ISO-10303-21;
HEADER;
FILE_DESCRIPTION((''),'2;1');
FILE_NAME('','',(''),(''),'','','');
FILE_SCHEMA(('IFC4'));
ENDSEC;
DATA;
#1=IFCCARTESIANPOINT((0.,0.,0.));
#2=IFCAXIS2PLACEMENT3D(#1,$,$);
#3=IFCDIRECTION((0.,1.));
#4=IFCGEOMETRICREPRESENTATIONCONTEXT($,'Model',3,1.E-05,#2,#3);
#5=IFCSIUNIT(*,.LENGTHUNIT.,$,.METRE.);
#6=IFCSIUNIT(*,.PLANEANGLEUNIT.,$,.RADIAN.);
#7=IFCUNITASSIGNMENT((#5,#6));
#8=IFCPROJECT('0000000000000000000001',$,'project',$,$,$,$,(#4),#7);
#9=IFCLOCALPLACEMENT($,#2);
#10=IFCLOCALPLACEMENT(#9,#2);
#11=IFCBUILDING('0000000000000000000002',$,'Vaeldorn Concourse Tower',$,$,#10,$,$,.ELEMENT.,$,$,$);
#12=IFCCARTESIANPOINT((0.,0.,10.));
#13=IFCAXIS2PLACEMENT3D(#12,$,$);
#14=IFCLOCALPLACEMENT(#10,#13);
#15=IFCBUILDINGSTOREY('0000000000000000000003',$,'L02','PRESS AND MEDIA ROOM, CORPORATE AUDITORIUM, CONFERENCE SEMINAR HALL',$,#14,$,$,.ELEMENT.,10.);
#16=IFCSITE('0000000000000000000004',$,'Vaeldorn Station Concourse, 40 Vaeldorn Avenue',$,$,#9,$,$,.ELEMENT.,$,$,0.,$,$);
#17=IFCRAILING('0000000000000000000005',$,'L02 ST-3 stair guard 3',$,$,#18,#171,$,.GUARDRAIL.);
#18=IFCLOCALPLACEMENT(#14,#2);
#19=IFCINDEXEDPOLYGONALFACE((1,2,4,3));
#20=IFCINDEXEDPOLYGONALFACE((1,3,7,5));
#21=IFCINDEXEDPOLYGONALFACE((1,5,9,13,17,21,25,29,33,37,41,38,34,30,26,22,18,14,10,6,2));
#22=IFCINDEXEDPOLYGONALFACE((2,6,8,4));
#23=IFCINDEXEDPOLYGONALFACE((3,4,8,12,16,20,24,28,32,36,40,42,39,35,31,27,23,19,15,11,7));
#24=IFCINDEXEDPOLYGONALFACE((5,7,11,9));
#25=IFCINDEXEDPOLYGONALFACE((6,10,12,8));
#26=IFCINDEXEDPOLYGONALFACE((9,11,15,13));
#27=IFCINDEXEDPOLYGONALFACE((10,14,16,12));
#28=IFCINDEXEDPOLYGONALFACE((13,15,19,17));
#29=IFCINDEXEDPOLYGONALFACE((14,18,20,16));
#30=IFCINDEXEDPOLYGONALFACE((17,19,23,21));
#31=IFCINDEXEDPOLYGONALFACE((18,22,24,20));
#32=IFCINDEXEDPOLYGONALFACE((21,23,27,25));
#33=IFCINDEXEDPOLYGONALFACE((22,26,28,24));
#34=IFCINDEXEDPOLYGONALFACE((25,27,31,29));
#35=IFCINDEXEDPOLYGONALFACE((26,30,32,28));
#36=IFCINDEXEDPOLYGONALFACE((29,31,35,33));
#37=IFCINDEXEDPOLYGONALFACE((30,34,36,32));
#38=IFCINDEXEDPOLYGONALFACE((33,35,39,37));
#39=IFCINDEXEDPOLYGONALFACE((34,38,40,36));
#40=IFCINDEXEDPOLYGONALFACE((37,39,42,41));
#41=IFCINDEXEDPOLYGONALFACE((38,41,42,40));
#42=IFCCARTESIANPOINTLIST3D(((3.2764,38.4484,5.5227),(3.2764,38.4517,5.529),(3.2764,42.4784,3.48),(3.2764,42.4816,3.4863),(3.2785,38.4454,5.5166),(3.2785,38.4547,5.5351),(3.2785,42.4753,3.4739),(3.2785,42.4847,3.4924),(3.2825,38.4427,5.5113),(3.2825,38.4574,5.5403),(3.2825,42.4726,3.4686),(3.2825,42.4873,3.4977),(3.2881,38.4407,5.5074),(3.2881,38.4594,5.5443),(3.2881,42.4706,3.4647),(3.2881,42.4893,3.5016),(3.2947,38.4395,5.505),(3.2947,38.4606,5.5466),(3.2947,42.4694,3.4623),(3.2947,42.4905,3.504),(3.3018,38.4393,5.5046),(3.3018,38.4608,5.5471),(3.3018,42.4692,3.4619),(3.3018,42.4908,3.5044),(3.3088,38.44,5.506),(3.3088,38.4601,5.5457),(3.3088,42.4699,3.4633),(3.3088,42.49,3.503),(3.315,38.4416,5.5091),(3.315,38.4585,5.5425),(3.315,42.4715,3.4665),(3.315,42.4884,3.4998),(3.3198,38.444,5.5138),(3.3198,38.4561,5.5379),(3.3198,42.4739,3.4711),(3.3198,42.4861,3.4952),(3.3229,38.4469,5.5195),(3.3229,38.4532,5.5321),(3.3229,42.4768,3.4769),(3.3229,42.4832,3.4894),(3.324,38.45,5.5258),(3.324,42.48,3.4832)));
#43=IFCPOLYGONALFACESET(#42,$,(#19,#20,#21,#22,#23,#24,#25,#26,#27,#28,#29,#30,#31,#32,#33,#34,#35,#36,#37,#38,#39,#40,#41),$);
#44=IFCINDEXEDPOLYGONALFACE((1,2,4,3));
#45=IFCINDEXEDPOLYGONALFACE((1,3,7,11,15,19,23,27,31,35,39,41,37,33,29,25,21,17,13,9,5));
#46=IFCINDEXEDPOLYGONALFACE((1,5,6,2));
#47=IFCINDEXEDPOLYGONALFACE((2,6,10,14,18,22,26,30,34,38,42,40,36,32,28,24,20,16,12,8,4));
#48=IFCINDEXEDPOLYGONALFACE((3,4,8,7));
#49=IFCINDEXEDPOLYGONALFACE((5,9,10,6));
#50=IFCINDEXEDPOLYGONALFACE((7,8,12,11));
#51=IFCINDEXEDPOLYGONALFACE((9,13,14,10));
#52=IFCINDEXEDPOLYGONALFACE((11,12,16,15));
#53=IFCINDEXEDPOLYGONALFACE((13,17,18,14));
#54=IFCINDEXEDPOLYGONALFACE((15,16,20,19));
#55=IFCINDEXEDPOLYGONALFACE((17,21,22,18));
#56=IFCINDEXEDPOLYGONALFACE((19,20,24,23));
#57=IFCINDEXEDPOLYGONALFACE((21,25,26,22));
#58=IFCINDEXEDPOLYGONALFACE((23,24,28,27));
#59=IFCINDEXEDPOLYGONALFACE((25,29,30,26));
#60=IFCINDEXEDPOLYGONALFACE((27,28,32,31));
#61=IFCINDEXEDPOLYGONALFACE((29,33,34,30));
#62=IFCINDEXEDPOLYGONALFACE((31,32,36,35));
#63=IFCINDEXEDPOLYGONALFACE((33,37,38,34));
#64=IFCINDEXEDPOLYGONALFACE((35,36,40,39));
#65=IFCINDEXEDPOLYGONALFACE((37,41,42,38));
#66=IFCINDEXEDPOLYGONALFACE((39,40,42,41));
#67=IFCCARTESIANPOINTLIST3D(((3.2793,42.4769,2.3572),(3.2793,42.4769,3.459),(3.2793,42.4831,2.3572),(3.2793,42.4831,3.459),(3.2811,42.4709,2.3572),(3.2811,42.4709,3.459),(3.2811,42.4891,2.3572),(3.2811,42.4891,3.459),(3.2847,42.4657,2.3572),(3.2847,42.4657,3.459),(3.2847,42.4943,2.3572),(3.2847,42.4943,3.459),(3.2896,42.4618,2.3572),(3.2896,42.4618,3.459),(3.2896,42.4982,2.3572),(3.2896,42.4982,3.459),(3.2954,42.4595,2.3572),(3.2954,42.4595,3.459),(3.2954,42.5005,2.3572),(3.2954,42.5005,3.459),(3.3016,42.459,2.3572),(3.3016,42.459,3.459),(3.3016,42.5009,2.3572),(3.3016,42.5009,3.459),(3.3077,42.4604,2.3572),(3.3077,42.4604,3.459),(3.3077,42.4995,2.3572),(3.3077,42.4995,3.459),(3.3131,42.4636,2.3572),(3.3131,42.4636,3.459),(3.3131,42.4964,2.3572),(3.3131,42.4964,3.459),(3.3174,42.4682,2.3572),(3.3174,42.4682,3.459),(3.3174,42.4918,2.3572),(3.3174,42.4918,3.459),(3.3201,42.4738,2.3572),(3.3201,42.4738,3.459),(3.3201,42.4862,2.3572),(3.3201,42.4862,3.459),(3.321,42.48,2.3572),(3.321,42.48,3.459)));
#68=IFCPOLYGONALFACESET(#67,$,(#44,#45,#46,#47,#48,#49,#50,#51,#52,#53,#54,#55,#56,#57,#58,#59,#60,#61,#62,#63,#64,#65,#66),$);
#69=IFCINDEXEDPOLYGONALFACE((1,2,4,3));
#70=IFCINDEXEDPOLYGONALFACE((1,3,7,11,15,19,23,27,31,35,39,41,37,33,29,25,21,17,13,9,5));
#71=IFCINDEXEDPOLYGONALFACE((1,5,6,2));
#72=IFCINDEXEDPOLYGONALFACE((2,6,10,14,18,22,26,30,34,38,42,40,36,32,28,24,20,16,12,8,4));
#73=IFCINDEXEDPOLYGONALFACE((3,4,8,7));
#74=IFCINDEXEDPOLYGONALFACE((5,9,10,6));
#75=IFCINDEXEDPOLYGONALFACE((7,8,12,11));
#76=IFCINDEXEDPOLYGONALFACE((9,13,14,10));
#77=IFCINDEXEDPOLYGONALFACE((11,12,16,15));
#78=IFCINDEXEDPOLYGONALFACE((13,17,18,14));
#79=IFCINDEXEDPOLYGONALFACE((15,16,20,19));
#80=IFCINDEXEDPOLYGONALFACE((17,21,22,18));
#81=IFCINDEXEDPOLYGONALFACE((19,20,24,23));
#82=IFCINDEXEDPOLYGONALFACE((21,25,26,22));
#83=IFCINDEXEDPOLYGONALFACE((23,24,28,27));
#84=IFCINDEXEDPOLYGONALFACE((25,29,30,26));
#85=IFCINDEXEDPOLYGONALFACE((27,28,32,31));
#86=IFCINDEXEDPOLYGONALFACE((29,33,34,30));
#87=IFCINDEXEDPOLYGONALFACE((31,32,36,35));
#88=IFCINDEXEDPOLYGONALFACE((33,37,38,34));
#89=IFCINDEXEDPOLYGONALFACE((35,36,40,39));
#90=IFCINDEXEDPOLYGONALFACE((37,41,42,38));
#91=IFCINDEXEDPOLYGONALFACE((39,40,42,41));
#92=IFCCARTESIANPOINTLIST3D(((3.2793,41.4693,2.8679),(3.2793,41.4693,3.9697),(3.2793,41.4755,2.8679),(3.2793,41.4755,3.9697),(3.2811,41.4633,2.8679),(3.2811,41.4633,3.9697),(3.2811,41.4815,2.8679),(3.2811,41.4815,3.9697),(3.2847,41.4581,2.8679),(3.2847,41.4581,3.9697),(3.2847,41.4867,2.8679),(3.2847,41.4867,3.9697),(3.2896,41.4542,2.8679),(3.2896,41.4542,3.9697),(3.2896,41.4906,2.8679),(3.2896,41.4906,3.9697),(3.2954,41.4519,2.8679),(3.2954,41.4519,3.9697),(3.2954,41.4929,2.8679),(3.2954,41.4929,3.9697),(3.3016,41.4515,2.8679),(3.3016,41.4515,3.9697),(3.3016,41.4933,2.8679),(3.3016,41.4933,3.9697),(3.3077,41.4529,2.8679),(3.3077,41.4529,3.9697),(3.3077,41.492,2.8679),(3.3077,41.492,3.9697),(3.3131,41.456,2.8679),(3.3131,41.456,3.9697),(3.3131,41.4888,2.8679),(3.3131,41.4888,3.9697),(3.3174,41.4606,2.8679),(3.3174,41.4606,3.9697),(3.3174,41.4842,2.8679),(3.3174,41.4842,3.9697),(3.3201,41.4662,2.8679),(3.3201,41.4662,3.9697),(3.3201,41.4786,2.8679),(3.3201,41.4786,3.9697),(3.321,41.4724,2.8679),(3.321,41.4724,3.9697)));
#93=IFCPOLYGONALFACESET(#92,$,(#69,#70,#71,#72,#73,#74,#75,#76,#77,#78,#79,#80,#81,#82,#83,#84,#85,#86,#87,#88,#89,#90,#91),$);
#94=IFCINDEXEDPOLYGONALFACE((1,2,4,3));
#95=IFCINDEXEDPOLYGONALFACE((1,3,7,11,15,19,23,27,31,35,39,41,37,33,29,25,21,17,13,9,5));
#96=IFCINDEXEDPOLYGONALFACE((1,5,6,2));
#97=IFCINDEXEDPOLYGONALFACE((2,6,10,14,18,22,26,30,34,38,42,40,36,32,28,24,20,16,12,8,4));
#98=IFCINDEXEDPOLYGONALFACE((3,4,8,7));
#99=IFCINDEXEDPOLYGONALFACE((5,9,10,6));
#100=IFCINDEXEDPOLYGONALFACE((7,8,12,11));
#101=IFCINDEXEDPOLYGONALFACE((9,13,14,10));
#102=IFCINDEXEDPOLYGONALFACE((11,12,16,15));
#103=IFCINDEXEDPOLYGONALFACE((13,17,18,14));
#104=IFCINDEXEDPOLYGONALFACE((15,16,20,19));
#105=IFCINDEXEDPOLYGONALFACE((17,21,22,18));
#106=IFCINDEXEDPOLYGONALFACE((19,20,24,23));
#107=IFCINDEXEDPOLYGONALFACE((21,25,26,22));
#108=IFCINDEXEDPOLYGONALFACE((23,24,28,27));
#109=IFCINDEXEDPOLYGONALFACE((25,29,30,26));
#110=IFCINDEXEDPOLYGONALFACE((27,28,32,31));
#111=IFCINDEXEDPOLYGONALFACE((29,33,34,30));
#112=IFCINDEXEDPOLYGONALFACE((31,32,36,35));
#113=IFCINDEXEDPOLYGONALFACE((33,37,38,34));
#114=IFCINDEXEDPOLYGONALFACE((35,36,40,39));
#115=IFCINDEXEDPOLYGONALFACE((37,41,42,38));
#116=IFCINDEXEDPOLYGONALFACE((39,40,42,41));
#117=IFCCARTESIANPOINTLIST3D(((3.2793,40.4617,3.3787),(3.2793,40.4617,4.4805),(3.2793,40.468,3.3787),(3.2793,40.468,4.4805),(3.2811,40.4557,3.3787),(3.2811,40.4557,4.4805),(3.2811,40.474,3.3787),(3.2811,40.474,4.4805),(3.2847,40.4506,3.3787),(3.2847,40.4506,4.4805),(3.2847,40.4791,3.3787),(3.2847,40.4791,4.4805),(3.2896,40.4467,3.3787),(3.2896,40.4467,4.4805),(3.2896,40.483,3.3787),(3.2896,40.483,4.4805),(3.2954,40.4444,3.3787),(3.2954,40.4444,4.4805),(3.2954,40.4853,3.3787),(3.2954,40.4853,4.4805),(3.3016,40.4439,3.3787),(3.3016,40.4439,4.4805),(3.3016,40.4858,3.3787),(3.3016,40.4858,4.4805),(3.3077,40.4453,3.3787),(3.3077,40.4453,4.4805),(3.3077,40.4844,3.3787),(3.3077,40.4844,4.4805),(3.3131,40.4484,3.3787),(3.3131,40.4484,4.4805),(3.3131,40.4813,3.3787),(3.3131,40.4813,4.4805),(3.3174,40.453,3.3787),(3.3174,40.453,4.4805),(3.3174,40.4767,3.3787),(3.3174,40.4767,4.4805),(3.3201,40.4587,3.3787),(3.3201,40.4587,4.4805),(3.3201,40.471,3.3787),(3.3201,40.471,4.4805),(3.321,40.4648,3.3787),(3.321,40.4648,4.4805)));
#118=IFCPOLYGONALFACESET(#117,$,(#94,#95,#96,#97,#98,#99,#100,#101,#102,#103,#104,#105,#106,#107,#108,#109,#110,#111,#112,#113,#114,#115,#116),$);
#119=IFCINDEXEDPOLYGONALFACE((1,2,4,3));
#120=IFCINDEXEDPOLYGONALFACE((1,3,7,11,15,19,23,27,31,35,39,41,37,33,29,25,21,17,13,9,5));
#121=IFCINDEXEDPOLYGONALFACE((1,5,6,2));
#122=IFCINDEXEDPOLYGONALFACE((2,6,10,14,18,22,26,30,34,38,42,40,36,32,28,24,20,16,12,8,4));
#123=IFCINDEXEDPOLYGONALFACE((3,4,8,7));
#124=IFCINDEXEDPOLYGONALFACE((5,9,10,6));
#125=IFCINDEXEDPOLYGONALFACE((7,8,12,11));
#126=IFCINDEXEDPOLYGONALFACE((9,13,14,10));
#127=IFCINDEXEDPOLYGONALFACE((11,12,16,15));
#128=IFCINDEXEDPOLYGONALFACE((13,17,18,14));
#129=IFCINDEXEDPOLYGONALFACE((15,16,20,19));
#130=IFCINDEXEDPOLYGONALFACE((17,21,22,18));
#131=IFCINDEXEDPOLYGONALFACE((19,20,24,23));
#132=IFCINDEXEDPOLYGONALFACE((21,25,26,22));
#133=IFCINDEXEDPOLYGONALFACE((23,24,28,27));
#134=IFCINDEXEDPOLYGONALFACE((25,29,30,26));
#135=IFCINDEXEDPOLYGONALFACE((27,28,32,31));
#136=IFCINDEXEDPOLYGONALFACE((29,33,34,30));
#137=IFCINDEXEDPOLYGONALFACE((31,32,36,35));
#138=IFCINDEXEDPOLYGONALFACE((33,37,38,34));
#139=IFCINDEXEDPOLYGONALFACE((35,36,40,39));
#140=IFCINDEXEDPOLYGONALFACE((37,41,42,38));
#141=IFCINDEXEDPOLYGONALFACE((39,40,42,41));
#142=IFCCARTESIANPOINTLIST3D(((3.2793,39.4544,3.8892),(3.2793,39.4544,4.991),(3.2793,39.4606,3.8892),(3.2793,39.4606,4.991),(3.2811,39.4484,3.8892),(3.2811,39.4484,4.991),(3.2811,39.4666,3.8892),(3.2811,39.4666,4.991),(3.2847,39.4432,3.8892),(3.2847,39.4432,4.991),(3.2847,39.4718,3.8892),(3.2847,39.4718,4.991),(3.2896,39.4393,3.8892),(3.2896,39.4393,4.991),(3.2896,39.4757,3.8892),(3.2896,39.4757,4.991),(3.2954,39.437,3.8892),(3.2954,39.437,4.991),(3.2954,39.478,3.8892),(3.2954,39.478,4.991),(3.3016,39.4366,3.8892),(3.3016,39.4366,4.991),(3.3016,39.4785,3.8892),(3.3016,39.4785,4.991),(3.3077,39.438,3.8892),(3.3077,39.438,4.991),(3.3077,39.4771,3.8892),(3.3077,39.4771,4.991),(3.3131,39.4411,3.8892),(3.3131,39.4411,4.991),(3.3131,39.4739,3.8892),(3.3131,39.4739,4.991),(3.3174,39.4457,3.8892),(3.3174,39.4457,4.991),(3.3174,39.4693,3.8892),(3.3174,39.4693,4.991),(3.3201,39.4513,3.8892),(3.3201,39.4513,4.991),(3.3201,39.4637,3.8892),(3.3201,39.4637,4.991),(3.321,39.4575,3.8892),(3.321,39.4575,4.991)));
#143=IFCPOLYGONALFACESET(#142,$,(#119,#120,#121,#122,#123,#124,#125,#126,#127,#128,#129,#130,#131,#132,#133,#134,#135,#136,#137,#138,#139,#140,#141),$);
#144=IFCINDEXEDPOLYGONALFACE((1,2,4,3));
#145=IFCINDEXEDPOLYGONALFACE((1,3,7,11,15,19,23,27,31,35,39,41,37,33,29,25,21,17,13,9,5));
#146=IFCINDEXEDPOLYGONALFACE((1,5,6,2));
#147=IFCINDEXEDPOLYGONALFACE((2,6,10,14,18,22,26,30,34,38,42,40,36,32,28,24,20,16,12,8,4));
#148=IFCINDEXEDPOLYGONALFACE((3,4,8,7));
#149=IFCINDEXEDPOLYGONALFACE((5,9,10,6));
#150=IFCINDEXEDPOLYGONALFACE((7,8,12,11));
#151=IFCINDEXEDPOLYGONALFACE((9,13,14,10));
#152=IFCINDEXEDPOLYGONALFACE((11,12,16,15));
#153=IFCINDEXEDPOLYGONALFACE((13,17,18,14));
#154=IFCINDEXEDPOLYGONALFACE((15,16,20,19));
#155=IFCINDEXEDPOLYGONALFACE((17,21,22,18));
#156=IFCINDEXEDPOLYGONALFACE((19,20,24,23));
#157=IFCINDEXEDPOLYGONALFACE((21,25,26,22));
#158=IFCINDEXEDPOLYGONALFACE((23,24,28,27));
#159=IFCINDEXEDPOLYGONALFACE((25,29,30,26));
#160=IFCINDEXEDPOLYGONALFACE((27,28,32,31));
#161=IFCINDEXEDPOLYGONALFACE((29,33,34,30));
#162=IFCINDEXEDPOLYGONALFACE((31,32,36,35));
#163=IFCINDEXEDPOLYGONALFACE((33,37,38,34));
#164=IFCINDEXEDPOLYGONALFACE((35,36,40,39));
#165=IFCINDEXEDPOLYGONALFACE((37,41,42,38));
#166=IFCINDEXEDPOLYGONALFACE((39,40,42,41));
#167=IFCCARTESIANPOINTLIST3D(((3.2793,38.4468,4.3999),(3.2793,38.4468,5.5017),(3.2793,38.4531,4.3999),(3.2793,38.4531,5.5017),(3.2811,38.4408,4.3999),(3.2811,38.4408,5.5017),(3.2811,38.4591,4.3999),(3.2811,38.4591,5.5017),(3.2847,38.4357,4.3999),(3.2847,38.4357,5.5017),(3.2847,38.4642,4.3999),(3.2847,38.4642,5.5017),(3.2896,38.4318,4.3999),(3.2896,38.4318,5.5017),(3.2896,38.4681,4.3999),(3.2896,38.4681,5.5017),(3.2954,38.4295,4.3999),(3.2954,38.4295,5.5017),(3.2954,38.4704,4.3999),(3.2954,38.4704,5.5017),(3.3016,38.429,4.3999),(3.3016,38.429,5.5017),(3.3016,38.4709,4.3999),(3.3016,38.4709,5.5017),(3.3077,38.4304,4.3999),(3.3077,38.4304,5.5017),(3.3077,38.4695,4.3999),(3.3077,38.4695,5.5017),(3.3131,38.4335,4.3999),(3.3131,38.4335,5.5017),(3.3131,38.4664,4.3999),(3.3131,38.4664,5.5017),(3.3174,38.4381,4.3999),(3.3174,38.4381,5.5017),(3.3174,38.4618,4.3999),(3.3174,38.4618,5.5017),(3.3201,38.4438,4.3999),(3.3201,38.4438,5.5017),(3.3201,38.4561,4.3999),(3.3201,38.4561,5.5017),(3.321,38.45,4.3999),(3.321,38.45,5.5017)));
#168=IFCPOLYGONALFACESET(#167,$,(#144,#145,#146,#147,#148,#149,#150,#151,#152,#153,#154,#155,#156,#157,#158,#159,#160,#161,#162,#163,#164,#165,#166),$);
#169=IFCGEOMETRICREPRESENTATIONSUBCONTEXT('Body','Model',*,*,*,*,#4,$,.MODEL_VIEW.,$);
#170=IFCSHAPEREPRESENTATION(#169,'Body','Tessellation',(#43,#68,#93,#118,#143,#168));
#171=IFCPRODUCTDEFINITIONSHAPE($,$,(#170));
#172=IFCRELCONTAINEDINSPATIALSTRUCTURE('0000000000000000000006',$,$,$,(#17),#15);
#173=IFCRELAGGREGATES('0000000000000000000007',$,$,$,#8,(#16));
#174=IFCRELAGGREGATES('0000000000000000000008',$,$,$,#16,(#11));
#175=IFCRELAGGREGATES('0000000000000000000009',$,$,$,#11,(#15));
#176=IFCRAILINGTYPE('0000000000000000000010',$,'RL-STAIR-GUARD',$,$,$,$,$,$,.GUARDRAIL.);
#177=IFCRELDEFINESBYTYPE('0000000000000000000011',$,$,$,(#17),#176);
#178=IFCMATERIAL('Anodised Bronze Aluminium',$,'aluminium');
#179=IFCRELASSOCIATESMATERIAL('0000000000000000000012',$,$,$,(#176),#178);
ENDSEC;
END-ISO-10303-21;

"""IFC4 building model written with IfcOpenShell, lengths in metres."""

from ifc_helpers import new_model, si_unit, direction, frame, origin, origin_2d, place, context, subcontext, project, spatial, circle, extrude, material, type_object, element, save


model = new_model("IFC4")

# Units and contexts
model_context = context("Model", 3, precision=1e-05, world=origin(), true_north=direction((0.0, 1.0)))
body_context = subcontext(model_context, "Body", "Model", "MODEL_VIEW")
ifc_project = project(units=[si_unit("LENGTHUNIT", "METRE"), si_unit("PLANEANGLEUNIT", "RADIAN")], contexts=[model_context])

# Site, building, storey
site_placement = place(None, origin())
site = spatial("IfcSite", under=ifc_project, at=site_placement, Name="Vaeldorn Station Concourse, 40 Vaeldorn Avenue", CompositionType="ELEMENT", RefElevation=0.0)
building_placement = place(site_placement, origin())
building = spatial("IfcBuilding", under=site, at=building_placement, Name="Vaeldorn Concourse Tower", CompositionType="ELEMENT")
storey_placement = place(building_placement, frame((0.0, 0.0, 10.0)))
storey = spatial("IfcBuildingStorey", under=building, at=storey_placement, Name="L02", Description="PRESS AND MEDIA ROOM, CORPORATE AUDITORIUM, CONFERENCE SEMINAR HALL", CompositionType="ELEMENT", Elevation=10.0)

# Shared definitions
ifc_material_1 = material(Name="Anodised Bronze Aluminium", Category="aluminium")

# Railing
railing_type_1 = type_object("IfcRailingType", Name="RL-STAIR-GUARD", PredefinedType="GUARDRAIL", material=ifc_material_1)
railing_1_placement = place(storey_placement, frame((3.3, 42.48, 2.3572)))
element("IfcRailing", 1, at=railing_1_placement, inside=storey, type_object=railing_type_1, Name="L02 ST-3 stair guard 3", PredefinedType="GUARDRAIL", context=body_context, shape_type="SweptSolid", body=[
    extrude(circle(Radius=0.0239, at=origin_2d()), frame((0.0, 0.0, 1.126), z_axis=(0.0, -0.891961, 0.452113), x_axis=(1.0, 0.0, 0.0)), (0.0, 0.0, 1.0), 4.5181),
    extrude(circle(Radius=0.021, at=origin_2d()), origin(), (0.0, 0.0, 1.0), 1.1018),
    extrude(circle(Radius=0.021, at=origin_2d()), frame((0.0, -1.0076, 0.5107)), (0.0, 0.0, 1.0), 1.1018),
    extrude(circle(Radius=0.021, at=origin_2d()), frame((0.0, -2.0151, 1.0215)), (0.0, 0.0, 1.0), 1.1018),
    extrude(circle(Radius=0.021, at=origin_2d()), frame((0.0, -3.0225, 1.532)), (0.0, 0.0, 1.0), 1.1018),
    extrude(circle(Radius=0.021, at=origin_2d()), frame((0.0, -4.03, 2.0427)), (0.0, 0.0, 1.0), 1.1018),
])

save(model, "model.ifc")
